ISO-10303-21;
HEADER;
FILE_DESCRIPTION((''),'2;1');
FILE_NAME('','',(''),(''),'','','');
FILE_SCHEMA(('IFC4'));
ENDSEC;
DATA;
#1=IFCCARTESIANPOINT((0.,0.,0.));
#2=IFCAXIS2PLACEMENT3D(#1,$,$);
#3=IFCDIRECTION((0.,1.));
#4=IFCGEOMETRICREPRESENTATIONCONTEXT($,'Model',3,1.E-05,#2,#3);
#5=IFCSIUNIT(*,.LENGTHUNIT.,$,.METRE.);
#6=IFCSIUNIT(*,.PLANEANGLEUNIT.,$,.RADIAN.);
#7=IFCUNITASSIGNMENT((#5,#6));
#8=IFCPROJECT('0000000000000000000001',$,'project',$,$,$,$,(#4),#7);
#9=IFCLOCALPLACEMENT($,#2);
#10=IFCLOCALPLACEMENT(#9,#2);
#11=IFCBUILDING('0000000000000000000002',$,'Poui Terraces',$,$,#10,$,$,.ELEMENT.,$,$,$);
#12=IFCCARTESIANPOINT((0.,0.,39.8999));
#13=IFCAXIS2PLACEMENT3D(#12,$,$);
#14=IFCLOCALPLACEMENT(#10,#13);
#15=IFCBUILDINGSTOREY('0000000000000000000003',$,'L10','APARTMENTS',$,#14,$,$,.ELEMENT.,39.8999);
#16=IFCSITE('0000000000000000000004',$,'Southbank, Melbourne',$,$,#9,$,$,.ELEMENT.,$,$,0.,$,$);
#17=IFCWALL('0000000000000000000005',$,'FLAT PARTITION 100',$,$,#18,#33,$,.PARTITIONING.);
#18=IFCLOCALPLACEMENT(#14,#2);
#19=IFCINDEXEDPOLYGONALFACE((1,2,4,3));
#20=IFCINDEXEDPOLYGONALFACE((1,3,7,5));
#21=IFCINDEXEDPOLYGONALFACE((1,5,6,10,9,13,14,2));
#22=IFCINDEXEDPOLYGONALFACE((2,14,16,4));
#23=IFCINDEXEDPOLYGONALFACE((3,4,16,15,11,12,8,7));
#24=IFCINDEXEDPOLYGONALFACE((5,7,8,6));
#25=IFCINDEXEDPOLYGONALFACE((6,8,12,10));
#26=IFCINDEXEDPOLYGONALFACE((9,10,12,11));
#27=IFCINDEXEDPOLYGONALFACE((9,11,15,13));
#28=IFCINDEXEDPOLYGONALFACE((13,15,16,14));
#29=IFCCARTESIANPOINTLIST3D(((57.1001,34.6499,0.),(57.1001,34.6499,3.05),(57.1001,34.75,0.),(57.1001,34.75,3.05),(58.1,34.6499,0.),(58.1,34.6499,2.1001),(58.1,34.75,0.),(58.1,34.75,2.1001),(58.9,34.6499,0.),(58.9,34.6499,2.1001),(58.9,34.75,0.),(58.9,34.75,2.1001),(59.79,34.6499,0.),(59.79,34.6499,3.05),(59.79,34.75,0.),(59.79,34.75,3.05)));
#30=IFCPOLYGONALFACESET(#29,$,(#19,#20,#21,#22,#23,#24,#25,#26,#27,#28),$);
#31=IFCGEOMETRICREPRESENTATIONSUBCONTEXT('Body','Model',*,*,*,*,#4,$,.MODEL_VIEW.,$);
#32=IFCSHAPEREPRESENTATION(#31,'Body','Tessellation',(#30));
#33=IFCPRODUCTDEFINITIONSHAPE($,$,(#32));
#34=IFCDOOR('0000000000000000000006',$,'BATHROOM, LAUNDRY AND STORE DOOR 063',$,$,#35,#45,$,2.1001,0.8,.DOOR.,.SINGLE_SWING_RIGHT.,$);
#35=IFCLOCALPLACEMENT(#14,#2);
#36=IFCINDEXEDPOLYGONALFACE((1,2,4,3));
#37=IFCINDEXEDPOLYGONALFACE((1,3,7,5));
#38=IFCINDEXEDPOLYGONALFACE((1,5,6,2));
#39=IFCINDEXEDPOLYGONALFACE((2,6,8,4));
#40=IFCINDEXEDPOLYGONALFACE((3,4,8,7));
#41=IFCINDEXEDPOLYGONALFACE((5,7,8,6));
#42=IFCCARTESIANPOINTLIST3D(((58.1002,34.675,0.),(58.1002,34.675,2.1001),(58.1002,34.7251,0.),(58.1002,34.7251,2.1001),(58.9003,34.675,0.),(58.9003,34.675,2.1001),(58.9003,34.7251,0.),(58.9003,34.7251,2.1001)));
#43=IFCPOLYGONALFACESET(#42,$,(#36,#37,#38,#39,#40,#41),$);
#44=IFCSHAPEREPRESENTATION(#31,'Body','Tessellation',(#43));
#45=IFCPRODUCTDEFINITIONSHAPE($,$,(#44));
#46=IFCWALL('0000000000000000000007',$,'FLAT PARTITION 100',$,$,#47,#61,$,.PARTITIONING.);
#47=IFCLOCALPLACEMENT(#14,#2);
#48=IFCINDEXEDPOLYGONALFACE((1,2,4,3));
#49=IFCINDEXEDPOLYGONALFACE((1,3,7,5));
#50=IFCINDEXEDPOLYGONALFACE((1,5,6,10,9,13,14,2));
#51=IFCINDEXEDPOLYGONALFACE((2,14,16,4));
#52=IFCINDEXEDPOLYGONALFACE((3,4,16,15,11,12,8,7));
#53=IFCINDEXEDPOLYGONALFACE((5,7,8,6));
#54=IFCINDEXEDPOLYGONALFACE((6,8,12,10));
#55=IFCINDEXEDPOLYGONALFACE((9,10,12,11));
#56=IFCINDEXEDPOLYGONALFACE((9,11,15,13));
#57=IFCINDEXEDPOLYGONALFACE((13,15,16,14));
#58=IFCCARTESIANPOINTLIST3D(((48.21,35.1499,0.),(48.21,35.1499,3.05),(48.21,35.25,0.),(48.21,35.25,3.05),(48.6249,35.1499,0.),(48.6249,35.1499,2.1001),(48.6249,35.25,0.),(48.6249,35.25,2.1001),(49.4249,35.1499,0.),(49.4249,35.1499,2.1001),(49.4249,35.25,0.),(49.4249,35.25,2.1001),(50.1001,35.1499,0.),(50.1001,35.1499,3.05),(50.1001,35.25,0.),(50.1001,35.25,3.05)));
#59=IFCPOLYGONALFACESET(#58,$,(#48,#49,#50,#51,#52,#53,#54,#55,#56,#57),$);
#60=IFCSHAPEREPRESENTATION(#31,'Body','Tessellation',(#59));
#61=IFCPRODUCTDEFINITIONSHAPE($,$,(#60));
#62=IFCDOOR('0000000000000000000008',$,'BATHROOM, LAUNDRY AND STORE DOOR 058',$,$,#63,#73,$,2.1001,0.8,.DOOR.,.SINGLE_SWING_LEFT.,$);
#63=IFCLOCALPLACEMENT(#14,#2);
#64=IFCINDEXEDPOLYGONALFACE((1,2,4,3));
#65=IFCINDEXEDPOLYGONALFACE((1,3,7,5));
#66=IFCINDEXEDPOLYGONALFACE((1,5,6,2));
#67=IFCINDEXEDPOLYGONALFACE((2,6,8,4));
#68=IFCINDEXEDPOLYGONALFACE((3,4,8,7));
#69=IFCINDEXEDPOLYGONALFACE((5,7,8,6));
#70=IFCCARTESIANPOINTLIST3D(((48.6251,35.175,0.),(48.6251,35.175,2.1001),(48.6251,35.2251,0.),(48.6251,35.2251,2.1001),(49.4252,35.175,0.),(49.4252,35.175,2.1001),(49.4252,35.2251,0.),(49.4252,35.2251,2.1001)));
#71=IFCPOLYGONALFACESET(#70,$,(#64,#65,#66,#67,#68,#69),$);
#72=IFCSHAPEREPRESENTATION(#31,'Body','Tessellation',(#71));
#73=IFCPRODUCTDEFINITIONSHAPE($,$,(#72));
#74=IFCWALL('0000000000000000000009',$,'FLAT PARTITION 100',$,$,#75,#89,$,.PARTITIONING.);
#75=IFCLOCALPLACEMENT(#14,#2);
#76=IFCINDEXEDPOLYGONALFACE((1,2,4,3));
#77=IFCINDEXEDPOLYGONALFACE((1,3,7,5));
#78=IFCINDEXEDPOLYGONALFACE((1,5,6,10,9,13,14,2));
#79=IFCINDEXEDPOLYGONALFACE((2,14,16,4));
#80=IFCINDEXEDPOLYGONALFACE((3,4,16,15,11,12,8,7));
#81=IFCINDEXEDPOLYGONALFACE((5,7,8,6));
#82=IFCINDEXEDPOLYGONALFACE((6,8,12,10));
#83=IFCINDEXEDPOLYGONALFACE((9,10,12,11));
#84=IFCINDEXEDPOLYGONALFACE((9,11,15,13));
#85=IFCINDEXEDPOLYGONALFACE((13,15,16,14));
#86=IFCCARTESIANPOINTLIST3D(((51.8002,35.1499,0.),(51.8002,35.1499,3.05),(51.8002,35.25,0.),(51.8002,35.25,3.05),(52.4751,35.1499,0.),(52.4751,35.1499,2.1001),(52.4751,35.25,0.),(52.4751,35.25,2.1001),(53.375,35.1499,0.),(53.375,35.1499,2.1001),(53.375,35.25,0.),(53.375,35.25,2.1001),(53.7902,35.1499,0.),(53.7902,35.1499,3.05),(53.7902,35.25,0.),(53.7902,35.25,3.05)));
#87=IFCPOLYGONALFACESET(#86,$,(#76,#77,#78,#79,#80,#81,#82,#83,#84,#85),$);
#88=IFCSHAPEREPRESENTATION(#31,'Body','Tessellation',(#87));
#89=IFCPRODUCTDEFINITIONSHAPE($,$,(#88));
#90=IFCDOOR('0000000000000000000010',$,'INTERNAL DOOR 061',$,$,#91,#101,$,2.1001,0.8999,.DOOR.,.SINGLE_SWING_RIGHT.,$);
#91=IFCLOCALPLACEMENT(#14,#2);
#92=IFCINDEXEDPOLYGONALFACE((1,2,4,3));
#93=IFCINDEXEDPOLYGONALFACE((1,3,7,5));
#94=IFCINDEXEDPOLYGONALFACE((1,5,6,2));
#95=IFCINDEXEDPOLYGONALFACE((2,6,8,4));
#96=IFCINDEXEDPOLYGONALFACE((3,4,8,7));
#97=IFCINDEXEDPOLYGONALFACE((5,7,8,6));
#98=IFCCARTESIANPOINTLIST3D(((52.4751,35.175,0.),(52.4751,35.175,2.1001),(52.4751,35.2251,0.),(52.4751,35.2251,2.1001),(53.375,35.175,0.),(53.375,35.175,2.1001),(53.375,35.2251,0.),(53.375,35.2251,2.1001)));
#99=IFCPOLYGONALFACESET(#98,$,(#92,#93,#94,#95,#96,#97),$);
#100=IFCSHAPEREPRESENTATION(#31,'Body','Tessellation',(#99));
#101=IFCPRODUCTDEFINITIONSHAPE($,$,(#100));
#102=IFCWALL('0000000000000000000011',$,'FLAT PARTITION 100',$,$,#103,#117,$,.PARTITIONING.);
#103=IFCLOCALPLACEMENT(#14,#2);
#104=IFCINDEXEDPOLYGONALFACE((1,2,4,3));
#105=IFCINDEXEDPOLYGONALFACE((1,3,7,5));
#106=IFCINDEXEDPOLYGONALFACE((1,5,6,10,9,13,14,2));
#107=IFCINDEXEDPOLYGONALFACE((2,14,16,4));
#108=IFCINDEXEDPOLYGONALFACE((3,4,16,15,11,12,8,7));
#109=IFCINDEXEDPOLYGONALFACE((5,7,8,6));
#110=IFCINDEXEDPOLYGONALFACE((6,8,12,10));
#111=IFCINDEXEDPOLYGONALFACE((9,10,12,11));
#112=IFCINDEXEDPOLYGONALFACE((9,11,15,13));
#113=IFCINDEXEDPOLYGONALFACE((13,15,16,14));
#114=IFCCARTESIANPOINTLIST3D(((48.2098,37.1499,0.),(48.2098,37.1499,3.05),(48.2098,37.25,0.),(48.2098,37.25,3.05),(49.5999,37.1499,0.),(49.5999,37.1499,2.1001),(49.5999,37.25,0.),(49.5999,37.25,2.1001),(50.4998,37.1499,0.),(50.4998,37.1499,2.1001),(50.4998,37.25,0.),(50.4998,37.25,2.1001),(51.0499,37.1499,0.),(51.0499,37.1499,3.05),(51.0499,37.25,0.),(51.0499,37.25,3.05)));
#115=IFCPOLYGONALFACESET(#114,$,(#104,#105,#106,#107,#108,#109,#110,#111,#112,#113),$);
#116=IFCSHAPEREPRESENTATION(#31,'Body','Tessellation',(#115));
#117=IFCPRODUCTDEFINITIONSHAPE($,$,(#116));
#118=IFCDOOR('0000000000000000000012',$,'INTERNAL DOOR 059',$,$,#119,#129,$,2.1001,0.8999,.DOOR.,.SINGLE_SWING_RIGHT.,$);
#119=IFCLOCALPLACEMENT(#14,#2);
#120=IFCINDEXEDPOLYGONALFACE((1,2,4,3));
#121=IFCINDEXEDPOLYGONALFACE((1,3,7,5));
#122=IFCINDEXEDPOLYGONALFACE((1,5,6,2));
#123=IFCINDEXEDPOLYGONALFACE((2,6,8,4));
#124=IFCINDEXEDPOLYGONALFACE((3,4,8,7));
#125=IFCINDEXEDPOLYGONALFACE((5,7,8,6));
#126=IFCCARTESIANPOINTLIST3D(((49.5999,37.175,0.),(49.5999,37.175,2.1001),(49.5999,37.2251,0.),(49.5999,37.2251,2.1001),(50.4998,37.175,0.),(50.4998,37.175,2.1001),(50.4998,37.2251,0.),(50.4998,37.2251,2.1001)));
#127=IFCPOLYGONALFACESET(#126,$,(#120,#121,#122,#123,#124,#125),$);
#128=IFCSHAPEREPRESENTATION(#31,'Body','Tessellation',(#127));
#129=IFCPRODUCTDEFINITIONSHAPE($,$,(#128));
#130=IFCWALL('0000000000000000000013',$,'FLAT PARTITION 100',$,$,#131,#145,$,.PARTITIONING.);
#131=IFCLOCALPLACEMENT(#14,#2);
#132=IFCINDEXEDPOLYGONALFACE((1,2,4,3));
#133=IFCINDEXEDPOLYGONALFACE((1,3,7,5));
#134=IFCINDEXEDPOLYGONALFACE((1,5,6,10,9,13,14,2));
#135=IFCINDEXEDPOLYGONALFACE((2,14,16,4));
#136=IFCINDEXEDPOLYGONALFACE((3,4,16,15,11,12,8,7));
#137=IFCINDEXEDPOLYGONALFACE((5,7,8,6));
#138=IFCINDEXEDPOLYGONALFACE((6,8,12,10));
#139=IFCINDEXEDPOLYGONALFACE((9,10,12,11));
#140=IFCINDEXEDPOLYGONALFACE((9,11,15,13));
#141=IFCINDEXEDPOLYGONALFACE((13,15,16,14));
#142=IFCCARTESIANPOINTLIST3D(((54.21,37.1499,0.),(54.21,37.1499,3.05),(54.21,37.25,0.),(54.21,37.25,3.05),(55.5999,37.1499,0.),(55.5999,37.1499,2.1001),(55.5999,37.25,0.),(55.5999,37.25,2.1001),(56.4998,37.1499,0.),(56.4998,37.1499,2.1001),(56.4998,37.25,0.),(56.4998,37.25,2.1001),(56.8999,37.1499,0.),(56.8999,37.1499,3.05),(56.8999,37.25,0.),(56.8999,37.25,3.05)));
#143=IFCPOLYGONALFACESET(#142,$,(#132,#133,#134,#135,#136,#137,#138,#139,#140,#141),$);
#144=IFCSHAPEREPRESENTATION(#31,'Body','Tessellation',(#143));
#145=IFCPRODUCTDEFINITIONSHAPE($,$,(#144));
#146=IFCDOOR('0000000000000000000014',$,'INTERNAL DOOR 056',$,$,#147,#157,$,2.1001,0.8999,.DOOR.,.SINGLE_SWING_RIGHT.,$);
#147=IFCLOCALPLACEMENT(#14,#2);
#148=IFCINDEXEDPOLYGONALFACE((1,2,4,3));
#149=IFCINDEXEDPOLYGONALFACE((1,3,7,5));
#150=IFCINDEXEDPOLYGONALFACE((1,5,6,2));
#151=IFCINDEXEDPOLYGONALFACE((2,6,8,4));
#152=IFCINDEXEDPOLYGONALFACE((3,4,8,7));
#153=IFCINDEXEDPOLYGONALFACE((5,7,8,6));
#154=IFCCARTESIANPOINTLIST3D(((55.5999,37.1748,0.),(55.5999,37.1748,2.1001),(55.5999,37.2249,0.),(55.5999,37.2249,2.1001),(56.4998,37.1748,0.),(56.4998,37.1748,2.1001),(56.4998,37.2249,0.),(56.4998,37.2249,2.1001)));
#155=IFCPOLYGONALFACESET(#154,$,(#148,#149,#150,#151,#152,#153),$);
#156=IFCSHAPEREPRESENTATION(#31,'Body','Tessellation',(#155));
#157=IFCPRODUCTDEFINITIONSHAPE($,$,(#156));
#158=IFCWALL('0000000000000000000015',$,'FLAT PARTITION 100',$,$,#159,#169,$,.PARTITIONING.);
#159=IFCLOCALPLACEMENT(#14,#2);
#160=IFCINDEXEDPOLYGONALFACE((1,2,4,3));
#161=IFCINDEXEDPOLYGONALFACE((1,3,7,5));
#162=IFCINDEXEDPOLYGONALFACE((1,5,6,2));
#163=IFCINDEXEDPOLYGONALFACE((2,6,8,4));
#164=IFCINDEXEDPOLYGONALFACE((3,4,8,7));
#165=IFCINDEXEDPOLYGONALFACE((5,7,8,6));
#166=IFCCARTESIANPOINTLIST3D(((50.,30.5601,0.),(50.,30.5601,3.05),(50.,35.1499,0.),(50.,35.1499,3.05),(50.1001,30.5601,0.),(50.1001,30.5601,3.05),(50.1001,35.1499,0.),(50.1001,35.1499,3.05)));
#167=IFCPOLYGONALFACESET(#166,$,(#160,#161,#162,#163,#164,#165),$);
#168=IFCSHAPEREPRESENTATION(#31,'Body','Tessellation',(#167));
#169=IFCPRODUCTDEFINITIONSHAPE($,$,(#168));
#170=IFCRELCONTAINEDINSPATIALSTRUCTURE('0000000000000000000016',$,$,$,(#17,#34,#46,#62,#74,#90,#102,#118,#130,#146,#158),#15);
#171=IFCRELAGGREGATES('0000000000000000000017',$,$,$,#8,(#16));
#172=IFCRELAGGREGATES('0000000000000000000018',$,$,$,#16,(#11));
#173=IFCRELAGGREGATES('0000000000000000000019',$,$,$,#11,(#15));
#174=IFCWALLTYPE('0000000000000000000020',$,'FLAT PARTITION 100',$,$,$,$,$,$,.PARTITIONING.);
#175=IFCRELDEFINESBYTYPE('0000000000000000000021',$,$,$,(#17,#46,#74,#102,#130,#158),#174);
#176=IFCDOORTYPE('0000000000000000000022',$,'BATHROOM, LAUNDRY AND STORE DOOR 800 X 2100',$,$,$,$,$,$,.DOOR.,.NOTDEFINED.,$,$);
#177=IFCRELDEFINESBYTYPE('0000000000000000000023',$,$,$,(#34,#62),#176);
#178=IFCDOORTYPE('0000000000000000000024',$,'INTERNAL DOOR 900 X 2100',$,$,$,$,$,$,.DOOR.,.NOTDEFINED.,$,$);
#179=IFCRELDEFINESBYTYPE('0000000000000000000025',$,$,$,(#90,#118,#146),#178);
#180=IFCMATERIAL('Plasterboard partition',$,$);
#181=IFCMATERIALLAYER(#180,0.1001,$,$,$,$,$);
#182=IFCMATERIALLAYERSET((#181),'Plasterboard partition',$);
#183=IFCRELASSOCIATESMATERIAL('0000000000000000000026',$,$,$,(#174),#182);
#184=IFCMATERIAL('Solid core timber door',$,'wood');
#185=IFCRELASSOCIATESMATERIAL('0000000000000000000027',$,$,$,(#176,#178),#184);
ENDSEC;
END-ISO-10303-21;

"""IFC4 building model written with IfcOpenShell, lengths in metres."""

from ifc_helpers import new_model, si_unit, direction, frame, frame_2d, origin, place, context, subcontext, project, spatial, rectangle, extrude, material, layer, layer_set, type_object, element, fill, save


model = new_model("IFC4")

# Units and contexts
model_context = context("Model", 3, precision=1e-05, world=origin(), true_north=direction((0.0, 1.0)))
body_context = subcontext(model_context, "Body", "Model", "MODEL_VIEW")
ifc_project = project(units=[si_unit("LENGTHUNIT", "METRE"), si_unit("PLANEANGLEUNIT", "RADIAN")], contexts=[model_context])

# Site, building, storey
site_placement = place(None, origin())
site = spatial("IfcSite", under=ifc_project, at=site_placement, Name="Southbank, Melbourne", CompositionType="ELEMENT", RefElevation=0.0)
building_placement = place(site_placement, origin())
building = spatial("IfcBuilding", under=site, at=building_placement, Name="Poui Terraces", CompositionType="ELEMENT")
storey_placement = place(building_placement, frame((0.0, 0.0, 39.8999)))
storey = spatial("IfcBuildingStorey", under=building, at=storey_placement, Name="L10", Description="APARTMENTS", CompositionType="ELEMENT", Elevation=39.8999)

# Walls, openings, doors
ifc_material_1 = material(Name="Plasterboard partition")
ifc_layer_1 = layer(ifc_material_1, 0.1001)
ifc_layer_set_1 = layer_set([ifc_layer_1], Name="Plasterboard partition")
wall_type_1 = type_object("IfcWallType", Name="FLAT PARTITION 100", PredefinedType="PARTITIONING", material=ifc_layer_set_1)
wall_1_placement = place(storey_placement, frame((57.1001, 34.7, 0.0), z_axis=(0.0, 0.0, 1.0), x_axis=(1.0, 0.0, 0.0)))
wall_1 = element("IfcWall", 1, at=wall_1_placement, inside=storey, type_object=wall_type_1, Name="FLAT PARTITION 100", PredefinedType="PARTITIONING", context=body_context, shape_type="SweptSolid", body=[
    extrude(rectangle(XDim=2.6899, YDim=0.1001, at=frame_2d((1.345, 0.0))), origin(), (0.0, 0.0, 1.0), 3.05),
])
opening_1_placement = place(wall_1_placement, frame((1.0, 0.0, 0.0)))
opening_1 = element("IfcOpeningElement", 2, at=opening_1_placement, cuts=wall_1, PredefinedType="OPENING", context=body_context, shape_type="SweptSolid", body=[
    extrude(rectangle(XDim=0.8, YDim=2.1001, at=frame_2d((0.3999, 1.05))), frame((0.0, 0.0601, 0.0), z_axis=(0.0, -1.0, 0.0), x_axis=(1.0, 0.0, 0.0)), (0.0, 0.0, 1.0), 0.1201),
])
ifc_material_2 = material(Name="Solid core timber door", Category="wood")
door_type_1 = type_object("IfcDoorType", Name="BATHROOM, LAUNDRY AND STORE DOOR 800 X 2100", OperationType="NOTDEFINED", PredefinedType="DOOR", material=ifc_material_2)
door_1_placement = place(opening_1_placement, frame((0.8, 0.0, 0.0), z_axis=(0.0, 0.0, 1.0), x_axis=(-1.0, 0.0, 0.0)))
door_1 = element("IfcDoor", 3, at=door_1_placement, inside=storey, type_object=door_type_1, Name="BATHROOM, LAUNDRY AND STORE DOOR 063", OperationType="SINGLE_SWING_RIGHT", OverallHeight=2.1001, OverallWidth=0.8, PredefinedType="DOOR", context=body_context, shape_type="SweptSolid", body=[
    extrude(rectangle(XDim=0.8, YDim=2.1001, at=frame_2d((0.3999, 1.05))), frame((0.0, 0.0249, 0.0), z_axis=(0.0, -1.0, 0.0), x_axis=(1.0, 0.0, 0.0)), (0.0, 0.0, 1.0), 0.05),
])
fill(opening_1, door_1)
wall_2_placement = place(storey_placement, frame((48.21, 35.2, 0.0), z_axis=(0.0, 0.0, 1.0), x_axis=(1.0, 0.0, 0.0)))
wall_2 = element("IfcWall", 4, at=wall_2_placement, inside=storey, type_object=wall_type_1, Name="FLAT PARTITION 100", PredefinedType="PARTITIONING", context=body_context, shape_type="SweptSolid", body=[
    extrude(rectangle(XDim=1.8901, YDim=0.1001, at=frame_2d((0.9451, 0.0))), origin(), (0.0, 0.0, 1.0), 3.05),
])
opening_2_placement = place(wall_2_placement, frame((0.415, 0.0, 0.0)))
opening_2 = element("IfcOpeningElement", 5, at=opening_2_placement, cuts=wall_2, PredefinedType="OPENING", context=body_context, shape_type="SweptSolid", body=[
    extrude(rectangle(XDim=0.8, YDim=2.1001, at=frame_2d((0.3999, 1.05))), frame((0.0, 0.0601, 0.0), z_axis=(0.0, -1.0, 0.0), x_axis=(1.0, 0.0, 0.0)), (0.0, 0.0, 1.0), 0.1201),
])
door_2_placement = place(opening_2_placement, frame((0.8, 0.0, 0.0), z_axis=(0.0, 0.0, 1.0), x_axis=(-1.0, 0.0, 0.0)))
door_2 = element("IfcDoor", 6, at=door_2_placement, inside=storey, type_object=door_type_1, Name="BATHROOM, LAUNDRY AND STORE DOOR 058", OperationType="SINGLE_SWING_LEFT", OverallHeight=2.1001, OverallWidth=0.8, PredefinedType="DOOR", context=body_context, shape_type="SweptSolid", body=[
    extrude(rectangle(XDim=0.8, YDim=2.1001, at=frame_2d((0.3999, 1.05))), frame((0.0, 0.0249, 0.0), z_axis=(0.0, -1.0, 0.0), x_axis=(1.0, 0.0, 0.0)), (0.0, 0.0, 1.0), 0.05),
])
fill(opening_2, door_2)
wall_3_placement = place(storey_placement, frame((51.8, 35.2, 0.0), z_axis=(0.0, 0.0, 1.0), x_axis=(1.0, 0.0, 0.0)))
wall_3 = element("IfcWall", 7, at=wall_3_placement, inside=storey, type_object=wall_type_1, Name="FLAT PARTITION 100", PredefinedType="PARTITIONING", context=body_context, shape_type="SweptSolid", body=[
    extrude(rectangle(XDim=1.99, YDim=0.1001, at=frame_2d((0.9951, 0.0))), origin(), (0.0, 0.0, 1.0), 3.05),
])
opening_3_placement = place(wall_3_placement, frame((0.675, 0.0, 0.0)))
opening_3 = element("IfcOpeningElement", 8, at=opening_3_placement, cuts=wall_3, PredefinedType="OPENING", context=body_context, shape_type="SweptSolid", body=[
    extrude(rectangle(XDim=0.8999, YDim=2.1001, at=frame_2d((0.45, 1.05))), frame((0.0, 0.0601, 0.0), z_axis=(0.0, -1.0, 0.0), x_axis=(1.0, 0.0, 0.0)), (0.0, 0.0, 1.0), 0.1201),
])
door_type_2 = type_object("IfcDoorType", Name="INTERNAL DOOR 900 X 2100", OperationType="NOTDEFINED", PredefinedType="DOOR", material=ifc_material_2)
door_3_placement = place(opening_3_placement, frame((0.8999, 0.0, 0.0), z_axis=(0.0, 0.0, 1.0), x_axis=(-1.0, 0.0, 0.0)))
door_3 = element("IfcDoor", 9, at=door_3_placement, inside=storey, type_object=door_type_2, Name="INTERNAL DOOR 061", OperationType="SINGLE_SWING_RIGHT", OverallHeight=2.1001, OverallWidth=0.8999, PredefinedType="DOOR", context=body_context, shape_type="SweptSolid", body=[
    extrude(rectangle(XDim=0.8999, YDim=2.1001, at=frame_2d((0.45, 1.05))), frame((0.0, 0.0249, 0.0), z_axis=(0.0, -1.0, 0.0), x_axis=(1.0, 0.0, 0.0)), (0.0, 0.0, 1.0), 0.05),
])
fill(opening_3, door_3)
wall_4_placement = place(storey_placement, frame((48.21, 37.2, 0.0), z_axis=(0.0, 0.0, 1.0), x_axis=(1.0, 0.0, 0.0)))
wall_4 = element("IfcWall", 10, at=wall_4_placement, inside=storey, type_object=wall_type_1, Name="FLAT PARTITION 100", PredefinedType="PARTITIONING", context=body_context, shape_type="SweptSolid", body=[
    extrude(rectangle(XDim=2.8401, YDim=0.1001, at=frame_2d((1.4199, 0.0))), origin(), (0.0, 0.0, 1.0), 3.05),
])
opening_4_placement = place(wall_4_placement, frame((1.3899, 0.0, 0.0)))
opening_4 = element("IfcOpeningElement", 11, at=opening_4_placement, cuts=wall_4, PredefinedType="OPENING", context=body_context, shape_type="SweptSolid", body=[
    extrude(rectangle(XDim=0.8999, YDim=2.1001, at=frame_2d((0.45, 1.05))), frame((0.0, 0.0601, 0.0), z_axis=(0.0, -1.0, 0.0), x_axis=(1.0, 0.0, 0.0)), (0.0, 0.0, 1.0), 0.1201),
])
door_4_placement = place(opening_4_placement, frame((0.8999, 0.0, 0.0), z_axis=(0.0, 0.0, 1.0), x_axis=(-1.0, 0.0, 0.0)))
door_4 = element("IfcDoor", 12, at=door_4_placement, inside=storey, type_object=door_type_2, Name="INTERNAL DOOR 059", OperationType="SINGLE_SWING_RIGHT", OverallHeight=2.1001, OverallWidth=0.8999, PredefinedType="DOOR", context=body_context, shape_type="SweptSolid", body=[
    extrude(rectangle(XDim=0.8999, YDim=2.1001, at=frame_2d((0.45, 1.05))), frame((0.0, 0.0249, 0.0), z_axis=(0.0, -1.0, 0.0), x_axis=(1.0, 0.0, 0.0)), (0.0, 0.0, 1.0), 0.05),
])
fill(opening_4, door_4)
wall_5_placement = place(storey_placement, frame((54.21, 37.2, 0.0), z_axis=(0.0, 0.0, 1.0), x_axis=(1.0, 0.0, 0.0)))
wall_5 = element("IfcWall", 13, at=wall_5_placement, inside=storey, type_object=wall_type_1, Name="FLAT PARTITION 100", PredefinedType="PARTITIONING", context=body_context, shape_type="SweptSolid", body=[
    extrude(rectangle(XDim=2.6899, YDim=0.1001, at=frame_2d((1.345, 0.0))), origin(), (0.0, 0.0, 1.0), 3.05),
])
opening_5_placement = place(wall_5_placement, frame((1.3899, 0.0, 0.0)))
opening_5 = element("IfcOpeningElement", 14, at=opening_5_placement, cuts=wall_5, PredefinedType="OPENING", context=body_context, shape_type="SweptSolid", body=[
    extrude(rectangle(XDim=0.8999, YDim=2.1001, at=frame_2d((0.45, 1.05))), frame((0.0, 0.0601, 0.0), z_axis=(0.0, -1.0, 0.0), x_axis=(1.0, 0.0, 0.0)), (0.0, 0.0, 1.0), 0.1201),
])
door_5_placement = place(opening_5_placement, origin())
door_5 = element("IfcDoor", 15, at=door_5_placement, inside=storey, type_object=door_type_2, Name="INTERNAL DOOR 056", OperationType="SINGLE_SWING_RIGHT", OverallHeight=2.1001, OverallWidth=0.8999, PredefinedType="DOOR", context=body_context, shape_type="SweptSolid", body=[
    extrude(rectangle(XDim=0.8999, YDim=2.1001, at=frame_2d((0.45, 1.05))), frame((0.0, 0.0249, 0.0), z_axis=(0.0, -1.0, 0.0), x_axis=(1.0, 0.0, 0.0)), (0.0, 0.0, 1.0), 0.05),
])
fill(opening_5, door_5)

# Wall
wall_6_placement = place(storey_placement, frame((50.05, 30.5601, 0.0), z_axis=(0.0, 0.0, 1.0), x_axis=(0.0, 1.0, 0.0)))
element("IfcWall", 16, at=wall_6_placement, inside=storey, type_object=wall_type_1, Name="FLAT PARTITION 100", PredefinedType="PARTITIONING", context=body_context, shape_type="SweptSolid", body=[
    extrude(rectangle(XDim=4.5898, YDim=0.1001, at=frame_2d((2.2949, 0.0))), origin(), (0.0, 0.0, 1.0), 3.05),
])

save(model, "model.ifc")
